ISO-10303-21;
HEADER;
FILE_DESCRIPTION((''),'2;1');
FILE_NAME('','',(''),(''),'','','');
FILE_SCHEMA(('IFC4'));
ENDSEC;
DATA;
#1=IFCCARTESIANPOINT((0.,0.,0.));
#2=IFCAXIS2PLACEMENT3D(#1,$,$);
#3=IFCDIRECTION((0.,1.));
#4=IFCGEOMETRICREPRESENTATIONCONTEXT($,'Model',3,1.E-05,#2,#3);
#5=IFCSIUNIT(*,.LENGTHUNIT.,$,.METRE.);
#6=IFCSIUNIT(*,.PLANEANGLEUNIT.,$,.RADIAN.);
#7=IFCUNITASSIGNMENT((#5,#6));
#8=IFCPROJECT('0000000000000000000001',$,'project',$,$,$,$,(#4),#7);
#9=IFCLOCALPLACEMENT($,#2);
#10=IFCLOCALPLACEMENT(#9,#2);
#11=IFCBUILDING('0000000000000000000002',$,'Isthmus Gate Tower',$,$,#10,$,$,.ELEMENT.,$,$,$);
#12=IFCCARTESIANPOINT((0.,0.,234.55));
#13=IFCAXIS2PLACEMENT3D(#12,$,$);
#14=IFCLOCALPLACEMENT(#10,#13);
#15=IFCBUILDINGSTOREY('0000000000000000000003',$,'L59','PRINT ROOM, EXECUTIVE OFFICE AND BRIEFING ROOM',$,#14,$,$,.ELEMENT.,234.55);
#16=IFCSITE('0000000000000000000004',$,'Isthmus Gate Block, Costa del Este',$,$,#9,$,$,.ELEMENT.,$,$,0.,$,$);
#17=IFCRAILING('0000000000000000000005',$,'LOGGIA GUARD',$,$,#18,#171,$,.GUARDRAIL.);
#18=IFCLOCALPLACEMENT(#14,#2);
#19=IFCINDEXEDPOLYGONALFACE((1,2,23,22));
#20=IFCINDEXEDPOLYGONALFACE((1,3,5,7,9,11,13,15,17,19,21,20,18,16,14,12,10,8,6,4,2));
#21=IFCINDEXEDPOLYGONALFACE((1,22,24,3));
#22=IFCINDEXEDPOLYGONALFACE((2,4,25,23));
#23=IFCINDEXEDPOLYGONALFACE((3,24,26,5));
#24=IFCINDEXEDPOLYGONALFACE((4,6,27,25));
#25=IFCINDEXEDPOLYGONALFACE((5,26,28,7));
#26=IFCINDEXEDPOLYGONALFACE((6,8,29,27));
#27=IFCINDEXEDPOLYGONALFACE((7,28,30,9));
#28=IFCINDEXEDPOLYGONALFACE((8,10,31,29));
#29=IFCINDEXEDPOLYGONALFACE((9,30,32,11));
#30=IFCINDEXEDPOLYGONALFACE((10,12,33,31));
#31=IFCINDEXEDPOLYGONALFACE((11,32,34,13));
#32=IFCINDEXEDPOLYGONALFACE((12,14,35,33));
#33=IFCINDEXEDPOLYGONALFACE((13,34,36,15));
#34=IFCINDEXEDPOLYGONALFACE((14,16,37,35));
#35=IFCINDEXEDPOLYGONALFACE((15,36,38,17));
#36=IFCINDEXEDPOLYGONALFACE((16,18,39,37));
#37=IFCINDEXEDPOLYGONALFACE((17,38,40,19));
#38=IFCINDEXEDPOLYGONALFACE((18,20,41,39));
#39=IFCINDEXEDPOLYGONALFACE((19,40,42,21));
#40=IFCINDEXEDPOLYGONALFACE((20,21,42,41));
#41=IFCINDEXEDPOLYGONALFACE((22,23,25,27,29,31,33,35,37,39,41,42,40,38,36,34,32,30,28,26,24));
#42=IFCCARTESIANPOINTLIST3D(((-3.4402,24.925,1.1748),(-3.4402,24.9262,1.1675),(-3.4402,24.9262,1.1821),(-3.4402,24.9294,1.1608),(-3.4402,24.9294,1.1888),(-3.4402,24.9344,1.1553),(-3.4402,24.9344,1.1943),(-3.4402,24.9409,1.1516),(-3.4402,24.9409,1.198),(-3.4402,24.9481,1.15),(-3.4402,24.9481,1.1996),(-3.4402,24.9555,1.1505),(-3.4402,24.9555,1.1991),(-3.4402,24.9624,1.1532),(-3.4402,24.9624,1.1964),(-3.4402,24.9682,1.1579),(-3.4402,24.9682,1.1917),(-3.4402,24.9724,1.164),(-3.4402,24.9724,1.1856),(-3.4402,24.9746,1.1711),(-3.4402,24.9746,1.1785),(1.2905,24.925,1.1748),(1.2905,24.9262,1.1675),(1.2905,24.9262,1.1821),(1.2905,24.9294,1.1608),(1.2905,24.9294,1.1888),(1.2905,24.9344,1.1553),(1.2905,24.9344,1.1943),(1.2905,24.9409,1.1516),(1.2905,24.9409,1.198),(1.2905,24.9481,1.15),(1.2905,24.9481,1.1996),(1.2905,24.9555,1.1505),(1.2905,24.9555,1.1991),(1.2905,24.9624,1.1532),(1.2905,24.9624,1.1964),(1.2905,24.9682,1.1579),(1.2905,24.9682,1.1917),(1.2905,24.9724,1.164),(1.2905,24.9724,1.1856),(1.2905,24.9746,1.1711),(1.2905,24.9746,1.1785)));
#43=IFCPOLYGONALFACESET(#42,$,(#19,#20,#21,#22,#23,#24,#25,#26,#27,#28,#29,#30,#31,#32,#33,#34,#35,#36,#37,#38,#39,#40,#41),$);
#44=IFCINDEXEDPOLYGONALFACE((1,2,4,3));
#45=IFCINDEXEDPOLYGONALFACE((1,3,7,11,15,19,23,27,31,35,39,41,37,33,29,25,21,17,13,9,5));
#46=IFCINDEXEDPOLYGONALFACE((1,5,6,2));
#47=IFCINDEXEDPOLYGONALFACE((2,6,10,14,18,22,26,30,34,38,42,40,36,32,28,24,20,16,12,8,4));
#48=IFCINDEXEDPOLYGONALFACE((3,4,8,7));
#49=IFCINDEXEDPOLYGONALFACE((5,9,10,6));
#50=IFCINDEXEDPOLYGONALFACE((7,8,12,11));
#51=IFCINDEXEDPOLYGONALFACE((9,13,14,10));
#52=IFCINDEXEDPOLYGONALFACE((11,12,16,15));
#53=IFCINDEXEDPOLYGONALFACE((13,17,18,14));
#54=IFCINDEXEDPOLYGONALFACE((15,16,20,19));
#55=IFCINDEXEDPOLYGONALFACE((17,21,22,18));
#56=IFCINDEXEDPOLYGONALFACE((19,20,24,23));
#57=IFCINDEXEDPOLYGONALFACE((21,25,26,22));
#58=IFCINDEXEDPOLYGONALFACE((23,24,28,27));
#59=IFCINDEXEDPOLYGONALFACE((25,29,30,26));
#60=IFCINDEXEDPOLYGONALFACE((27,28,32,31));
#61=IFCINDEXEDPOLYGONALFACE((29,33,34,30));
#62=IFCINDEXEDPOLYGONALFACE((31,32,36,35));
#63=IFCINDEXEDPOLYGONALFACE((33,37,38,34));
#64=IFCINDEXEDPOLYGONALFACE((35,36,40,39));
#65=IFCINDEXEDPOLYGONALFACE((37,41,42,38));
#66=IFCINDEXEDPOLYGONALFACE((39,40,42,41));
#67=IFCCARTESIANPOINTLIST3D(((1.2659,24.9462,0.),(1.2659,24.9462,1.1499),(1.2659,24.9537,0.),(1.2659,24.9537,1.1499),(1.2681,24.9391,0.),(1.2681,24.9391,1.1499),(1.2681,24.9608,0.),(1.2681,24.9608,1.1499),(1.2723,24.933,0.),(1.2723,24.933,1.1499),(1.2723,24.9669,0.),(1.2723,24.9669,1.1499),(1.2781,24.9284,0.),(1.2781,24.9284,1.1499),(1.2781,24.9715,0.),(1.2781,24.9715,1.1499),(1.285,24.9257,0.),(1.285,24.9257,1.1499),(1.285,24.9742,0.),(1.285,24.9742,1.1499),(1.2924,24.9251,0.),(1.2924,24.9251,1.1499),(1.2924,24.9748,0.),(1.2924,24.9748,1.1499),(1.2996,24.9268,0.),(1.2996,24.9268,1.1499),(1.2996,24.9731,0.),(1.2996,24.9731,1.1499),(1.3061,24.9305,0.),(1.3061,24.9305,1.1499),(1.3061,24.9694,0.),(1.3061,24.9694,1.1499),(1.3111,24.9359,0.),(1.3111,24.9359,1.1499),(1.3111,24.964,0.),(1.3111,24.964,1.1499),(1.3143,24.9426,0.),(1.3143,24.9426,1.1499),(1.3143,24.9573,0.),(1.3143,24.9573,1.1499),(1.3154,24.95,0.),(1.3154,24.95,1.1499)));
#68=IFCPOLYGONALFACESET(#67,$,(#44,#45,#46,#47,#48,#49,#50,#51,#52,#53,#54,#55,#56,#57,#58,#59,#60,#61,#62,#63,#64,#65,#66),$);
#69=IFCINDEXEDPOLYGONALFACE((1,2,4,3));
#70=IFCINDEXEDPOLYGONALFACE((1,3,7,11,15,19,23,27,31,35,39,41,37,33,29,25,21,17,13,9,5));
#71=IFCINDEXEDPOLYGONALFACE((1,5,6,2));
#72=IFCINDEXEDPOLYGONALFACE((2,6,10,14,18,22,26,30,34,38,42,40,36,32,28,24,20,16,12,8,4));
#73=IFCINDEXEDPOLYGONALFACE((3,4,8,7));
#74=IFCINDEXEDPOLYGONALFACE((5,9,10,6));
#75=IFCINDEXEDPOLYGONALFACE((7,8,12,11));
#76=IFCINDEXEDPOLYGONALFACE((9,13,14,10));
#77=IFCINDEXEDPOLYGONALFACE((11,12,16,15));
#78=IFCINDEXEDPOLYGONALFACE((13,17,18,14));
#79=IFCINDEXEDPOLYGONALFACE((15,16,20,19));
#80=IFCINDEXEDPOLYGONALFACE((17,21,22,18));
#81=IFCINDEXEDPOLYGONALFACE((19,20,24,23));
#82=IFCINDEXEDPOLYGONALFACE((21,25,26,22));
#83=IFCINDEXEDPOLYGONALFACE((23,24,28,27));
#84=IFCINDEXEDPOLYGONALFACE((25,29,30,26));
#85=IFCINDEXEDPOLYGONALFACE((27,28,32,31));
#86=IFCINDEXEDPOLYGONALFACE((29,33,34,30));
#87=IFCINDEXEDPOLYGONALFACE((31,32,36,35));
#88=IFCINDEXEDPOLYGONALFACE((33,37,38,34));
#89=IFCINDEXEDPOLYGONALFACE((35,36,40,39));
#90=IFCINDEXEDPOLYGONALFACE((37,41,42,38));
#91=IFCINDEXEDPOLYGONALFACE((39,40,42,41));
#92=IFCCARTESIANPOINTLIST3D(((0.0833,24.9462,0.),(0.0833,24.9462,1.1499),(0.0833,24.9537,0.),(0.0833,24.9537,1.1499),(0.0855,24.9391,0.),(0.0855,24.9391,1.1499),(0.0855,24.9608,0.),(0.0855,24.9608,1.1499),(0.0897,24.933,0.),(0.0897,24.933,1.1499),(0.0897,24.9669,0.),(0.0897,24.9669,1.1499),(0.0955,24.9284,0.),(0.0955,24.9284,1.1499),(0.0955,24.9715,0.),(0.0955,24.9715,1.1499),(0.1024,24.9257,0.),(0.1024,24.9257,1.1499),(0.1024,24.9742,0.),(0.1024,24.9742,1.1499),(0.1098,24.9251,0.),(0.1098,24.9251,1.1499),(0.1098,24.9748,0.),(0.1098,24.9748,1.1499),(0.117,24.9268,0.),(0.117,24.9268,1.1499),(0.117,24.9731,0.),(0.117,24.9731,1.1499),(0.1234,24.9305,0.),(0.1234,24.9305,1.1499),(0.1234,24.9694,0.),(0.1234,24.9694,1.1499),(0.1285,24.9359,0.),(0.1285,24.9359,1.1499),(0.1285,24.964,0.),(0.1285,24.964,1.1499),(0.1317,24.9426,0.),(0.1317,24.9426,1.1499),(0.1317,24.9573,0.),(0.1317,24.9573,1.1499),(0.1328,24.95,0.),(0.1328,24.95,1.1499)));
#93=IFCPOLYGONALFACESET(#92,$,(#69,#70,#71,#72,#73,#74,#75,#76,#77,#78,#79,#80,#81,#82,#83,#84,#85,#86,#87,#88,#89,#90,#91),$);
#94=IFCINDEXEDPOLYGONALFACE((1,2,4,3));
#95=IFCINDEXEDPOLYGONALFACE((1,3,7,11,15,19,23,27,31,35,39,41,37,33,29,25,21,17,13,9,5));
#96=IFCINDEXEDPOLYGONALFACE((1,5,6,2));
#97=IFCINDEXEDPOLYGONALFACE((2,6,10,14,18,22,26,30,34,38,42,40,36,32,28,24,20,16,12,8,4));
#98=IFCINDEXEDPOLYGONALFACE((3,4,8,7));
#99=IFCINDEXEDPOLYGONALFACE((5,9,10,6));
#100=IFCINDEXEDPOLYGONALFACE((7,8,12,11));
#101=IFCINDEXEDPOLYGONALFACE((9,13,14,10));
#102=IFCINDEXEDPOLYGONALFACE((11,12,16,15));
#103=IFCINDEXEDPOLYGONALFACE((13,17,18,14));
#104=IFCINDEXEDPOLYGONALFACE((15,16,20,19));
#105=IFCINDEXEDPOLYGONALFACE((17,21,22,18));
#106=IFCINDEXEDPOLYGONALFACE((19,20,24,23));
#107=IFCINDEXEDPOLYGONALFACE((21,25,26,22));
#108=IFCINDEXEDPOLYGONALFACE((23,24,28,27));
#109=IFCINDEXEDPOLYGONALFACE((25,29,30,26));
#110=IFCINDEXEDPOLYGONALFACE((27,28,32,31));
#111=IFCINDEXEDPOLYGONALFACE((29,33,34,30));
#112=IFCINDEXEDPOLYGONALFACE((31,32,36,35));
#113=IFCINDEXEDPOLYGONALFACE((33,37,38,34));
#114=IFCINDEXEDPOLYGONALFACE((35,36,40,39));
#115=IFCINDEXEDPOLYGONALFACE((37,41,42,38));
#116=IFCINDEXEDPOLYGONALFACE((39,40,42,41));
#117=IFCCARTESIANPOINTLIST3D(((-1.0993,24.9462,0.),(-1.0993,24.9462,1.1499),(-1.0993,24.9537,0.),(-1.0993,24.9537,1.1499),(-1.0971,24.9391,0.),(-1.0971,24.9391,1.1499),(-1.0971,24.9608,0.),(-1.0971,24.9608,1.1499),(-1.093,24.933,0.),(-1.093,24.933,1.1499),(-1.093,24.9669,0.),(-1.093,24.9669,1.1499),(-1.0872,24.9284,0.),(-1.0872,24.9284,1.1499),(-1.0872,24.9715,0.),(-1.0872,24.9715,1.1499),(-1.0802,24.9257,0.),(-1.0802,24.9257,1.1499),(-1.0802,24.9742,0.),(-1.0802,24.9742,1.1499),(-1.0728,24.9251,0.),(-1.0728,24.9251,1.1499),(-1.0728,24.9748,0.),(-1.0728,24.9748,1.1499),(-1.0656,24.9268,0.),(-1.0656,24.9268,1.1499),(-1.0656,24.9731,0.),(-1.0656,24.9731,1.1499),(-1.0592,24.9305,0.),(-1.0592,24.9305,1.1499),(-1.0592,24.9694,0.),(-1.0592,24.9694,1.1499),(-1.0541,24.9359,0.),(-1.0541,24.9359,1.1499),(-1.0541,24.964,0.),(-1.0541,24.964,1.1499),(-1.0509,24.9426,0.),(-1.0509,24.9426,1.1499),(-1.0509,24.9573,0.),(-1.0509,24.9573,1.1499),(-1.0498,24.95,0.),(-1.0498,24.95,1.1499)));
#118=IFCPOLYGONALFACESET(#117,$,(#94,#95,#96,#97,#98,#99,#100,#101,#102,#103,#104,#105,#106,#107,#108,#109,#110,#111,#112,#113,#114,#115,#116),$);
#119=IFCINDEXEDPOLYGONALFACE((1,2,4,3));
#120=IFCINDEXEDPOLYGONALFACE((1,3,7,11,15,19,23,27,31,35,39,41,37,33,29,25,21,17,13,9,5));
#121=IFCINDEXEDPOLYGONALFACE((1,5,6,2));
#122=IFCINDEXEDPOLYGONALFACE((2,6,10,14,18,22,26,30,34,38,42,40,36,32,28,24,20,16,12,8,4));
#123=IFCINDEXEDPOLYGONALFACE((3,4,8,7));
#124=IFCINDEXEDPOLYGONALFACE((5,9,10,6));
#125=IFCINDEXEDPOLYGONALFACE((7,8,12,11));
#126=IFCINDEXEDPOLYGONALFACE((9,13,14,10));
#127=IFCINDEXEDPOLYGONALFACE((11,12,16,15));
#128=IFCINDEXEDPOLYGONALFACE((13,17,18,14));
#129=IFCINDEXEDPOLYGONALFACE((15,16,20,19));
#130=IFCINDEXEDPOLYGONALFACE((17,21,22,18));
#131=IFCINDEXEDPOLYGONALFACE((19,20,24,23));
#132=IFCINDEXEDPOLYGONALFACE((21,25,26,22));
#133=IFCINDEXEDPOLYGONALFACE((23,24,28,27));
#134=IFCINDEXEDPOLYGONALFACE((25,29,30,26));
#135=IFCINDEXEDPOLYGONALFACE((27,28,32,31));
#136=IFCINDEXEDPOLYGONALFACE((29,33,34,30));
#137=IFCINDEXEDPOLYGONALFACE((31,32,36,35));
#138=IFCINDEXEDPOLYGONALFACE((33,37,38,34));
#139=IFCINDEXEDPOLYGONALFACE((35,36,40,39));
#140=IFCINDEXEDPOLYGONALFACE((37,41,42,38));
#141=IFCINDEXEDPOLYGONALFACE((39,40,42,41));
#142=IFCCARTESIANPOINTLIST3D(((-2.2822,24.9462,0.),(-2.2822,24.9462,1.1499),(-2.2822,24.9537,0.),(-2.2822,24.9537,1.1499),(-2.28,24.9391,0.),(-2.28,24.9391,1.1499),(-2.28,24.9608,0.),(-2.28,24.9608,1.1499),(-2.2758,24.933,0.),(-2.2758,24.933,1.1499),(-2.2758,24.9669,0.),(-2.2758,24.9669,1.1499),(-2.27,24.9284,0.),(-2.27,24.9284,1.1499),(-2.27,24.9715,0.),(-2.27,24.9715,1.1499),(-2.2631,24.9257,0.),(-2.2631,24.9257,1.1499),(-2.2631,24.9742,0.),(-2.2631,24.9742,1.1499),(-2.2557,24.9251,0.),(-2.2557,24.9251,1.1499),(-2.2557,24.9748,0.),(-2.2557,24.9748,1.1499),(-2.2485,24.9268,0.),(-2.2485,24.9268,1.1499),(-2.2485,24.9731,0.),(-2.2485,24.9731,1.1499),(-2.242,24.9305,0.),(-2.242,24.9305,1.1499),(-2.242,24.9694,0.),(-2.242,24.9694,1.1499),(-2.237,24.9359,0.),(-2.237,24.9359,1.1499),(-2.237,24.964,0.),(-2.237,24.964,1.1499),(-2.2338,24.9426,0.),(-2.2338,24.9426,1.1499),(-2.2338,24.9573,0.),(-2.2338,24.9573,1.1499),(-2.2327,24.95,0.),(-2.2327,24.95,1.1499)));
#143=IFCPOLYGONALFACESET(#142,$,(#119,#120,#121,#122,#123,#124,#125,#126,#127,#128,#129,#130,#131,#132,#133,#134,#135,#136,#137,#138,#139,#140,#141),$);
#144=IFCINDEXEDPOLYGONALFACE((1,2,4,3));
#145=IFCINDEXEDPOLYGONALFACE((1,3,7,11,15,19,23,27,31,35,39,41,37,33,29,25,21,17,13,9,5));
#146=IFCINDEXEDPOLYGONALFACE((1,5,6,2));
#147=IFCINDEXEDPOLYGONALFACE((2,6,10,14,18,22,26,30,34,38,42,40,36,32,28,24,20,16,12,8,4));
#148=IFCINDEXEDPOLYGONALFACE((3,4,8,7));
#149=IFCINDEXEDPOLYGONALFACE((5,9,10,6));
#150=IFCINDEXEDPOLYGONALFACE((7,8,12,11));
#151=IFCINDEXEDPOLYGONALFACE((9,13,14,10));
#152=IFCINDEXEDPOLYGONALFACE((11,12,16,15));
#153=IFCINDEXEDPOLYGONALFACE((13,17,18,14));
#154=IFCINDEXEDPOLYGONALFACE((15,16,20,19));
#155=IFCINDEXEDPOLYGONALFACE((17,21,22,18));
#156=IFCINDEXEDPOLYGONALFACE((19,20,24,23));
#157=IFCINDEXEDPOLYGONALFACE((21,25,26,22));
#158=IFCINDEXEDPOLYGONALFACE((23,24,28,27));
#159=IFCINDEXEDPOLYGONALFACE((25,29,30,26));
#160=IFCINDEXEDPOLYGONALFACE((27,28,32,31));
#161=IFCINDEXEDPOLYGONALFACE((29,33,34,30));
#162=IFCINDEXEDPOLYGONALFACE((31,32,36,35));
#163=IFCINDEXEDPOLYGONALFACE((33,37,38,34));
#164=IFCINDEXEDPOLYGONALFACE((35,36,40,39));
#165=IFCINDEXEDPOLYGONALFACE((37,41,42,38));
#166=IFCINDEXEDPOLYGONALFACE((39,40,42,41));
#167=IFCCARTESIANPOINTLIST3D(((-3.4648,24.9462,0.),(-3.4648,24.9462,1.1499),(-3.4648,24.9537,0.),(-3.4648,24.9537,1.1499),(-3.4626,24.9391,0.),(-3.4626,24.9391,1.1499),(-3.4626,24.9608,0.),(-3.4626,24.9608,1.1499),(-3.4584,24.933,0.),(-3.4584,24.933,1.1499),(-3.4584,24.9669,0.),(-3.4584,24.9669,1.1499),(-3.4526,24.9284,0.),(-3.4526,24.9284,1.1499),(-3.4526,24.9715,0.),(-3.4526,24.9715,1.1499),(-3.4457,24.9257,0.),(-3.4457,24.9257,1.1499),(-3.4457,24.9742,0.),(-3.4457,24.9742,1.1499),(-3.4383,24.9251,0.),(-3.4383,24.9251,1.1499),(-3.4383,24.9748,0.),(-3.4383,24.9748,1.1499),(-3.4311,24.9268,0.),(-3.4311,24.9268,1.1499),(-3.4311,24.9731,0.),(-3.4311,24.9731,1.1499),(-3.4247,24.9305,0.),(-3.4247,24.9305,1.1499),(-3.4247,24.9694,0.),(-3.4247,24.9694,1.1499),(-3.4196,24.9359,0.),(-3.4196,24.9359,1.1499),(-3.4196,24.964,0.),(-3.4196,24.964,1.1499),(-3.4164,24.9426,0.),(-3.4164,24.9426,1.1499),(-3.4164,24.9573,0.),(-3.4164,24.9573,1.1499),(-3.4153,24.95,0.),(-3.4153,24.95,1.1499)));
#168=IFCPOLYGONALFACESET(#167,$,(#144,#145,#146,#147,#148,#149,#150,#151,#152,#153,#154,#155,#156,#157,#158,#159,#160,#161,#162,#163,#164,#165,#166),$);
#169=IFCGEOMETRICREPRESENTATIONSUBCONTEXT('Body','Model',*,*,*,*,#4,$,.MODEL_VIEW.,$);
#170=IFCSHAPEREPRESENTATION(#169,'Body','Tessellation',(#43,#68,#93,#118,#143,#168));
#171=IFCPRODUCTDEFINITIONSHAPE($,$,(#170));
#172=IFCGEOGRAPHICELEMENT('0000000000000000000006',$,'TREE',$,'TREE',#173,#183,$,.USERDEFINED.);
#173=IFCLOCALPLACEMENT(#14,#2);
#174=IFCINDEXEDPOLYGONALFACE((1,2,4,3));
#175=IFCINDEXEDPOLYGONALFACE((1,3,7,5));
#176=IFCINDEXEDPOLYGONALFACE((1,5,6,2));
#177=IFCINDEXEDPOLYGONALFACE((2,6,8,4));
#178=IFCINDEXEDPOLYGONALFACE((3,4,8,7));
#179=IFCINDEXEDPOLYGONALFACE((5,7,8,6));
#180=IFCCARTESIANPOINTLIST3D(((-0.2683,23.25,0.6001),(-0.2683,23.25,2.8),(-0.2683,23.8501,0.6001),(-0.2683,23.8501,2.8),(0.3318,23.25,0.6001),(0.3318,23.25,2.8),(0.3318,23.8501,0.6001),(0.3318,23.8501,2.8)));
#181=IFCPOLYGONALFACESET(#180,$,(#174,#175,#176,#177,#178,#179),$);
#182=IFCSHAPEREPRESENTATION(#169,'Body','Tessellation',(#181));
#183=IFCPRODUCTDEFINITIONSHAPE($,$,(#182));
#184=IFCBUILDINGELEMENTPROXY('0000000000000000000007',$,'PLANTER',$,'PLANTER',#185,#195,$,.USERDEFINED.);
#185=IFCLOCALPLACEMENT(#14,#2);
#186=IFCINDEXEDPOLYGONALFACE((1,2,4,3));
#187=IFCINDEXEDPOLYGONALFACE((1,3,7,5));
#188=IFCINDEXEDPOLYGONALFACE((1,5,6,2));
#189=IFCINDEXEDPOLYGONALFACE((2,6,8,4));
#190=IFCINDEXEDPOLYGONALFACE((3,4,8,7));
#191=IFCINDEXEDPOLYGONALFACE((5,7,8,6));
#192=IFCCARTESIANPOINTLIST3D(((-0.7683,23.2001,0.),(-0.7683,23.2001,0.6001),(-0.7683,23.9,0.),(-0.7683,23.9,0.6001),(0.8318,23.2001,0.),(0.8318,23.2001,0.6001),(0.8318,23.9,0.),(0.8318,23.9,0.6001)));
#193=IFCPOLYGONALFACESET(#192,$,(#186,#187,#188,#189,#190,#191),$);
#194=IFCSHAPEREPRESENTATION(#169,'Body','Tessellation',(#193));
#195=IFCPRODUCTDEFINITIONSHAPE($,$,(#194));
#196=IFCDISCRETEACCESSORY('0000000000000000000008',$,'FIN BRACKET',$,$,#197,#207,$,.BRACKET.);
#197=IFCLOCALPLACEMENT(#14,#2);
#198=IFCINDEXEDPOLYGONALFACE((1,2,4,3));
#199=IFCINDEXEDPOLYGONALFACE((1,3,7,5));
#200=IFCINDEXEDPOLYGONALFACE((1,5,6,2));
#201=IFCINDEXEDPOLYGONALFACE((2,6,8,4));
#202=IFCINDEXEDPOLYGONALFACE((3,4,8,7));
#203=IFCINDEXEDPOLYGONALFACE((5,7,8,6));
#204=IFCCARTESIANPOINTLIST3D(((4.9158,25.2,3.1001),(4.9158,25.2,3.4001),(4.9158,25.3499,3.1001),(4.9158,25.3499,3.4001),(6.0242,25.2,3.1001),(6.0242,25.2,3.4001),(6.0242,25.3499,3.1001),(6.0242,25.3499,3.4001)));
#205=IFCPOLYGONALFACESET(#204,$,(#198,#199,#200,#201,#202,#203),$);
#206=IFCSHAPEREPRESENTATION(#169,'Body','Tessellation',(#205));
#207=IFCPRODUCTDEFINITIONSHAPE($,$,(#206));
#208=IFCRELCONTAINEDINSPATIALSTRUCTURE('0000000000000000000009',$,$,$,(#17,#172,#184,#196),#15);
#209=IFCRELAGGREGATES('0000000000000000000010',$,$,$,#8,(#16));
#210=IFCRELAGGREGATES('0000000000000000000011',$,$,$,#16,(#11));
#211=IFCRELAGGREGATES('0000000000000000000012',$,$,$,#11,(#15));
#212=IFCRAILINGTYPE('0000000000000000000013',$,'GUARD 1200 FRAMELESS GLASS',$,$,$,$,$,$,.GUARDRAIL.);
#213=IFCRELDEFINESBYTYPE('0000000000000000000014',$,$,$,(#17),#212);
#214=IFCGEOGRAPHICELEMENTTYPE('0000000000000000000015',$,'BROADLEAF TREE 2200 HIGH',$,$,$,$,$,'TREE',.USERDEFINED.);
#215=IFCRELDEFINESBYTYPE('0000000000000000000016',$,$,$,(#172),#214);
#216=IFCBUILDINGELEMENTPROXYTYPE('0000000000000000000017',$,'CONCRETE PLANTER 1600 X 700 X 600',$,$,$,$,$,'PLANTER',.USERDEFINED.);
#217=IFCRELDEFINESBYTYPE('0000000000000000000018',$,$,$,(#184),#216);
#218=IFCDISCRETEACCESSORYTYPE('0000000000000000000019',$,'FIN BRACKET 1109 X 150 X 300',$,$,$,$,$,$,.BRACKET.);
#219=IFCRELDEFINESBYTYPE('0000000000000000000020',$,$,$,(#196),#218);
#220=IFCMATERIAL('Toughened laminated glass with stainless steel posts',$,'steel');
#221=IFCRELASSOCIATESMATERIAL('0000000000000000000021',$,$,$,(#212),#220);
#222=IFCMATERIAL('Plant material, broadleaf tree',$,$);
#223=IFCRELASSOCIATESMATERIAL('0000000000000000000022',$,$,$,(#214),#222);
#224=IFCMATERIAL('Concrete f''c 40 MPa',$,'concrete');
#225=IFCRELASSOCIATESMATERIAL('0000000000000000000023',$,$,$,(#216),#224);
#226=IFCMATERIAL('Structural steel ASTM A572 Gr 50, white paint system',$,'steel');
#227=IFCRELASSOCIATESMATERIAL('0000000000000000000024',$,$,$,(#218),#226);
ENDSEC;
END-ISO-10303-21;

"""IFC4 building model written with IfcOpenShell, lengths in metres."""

from ifc_helpers import new_model, si_unit, direction, frame, origin, origin_2d, place, context, subcontext, project, spatial, rectangle, circle, extrude, material, type_object, element, save


model = new_model("IFC4")

# Units and contexts
model_context = context("Model", 3, precision=1e-05, world=origin(), true_north=direction((0.0, 1.0)))
body_context = subcontext(model_context, "Body", "Model", "MODEL_VIEW")
ifc_project = project(units=[si_unit("LENGTHUNIT", "METRE"), si_unit("PLANEANGLEUNIT", "RADIAN")], contexts=[model_context])

# Site, building, storey
site_placement = place(None, origin())
site = spatial("IfcSite", under=ifc_project, at=site_placement, Name="Isthmus Gate Block, Costa del Este", CompositionType="ELEMENT", RefElevation=0.0)
building_placement = place(site_placement, origin())
building = spatial("IfcBuilding", under=site, at=building_placement, Name="Isthmus Gate Tower", CompositionType="ELEMENT")
storey_placement = place(building_placement, frame((0.0, 0.0, 234.55)))
storey = spatial("IfcBuildingStorey", under=building, at=storey_placement, Name="L59", Description="PRINT ROOM, EXECUTIVE OFFICE AND BRIEFING ROOM", CompositionType="ELEMENT", Elevation=234.55)

# Railing
ifc_material_1 = material(Name="Toughened laminated glass with stainless steel posts", Category="steel")
railing_type = type_object("IfcRailingType", Name="GUARD 1200 FRAMELESS GLASS", PredefinedType="GUARDRAIL", material=ifc_material_1)
railing_placement = place(storey_placement, frame((1.2905, 24.95, 0.0)))
element("IfcRailing", 1, at=railing_placement, inside=storey, type_object=railing_type, Name="LOGGIA GUARD", PredefinedType="GUARDRAIL", context=body_context, shape_type="SweptSolid", body=[
    extrude(circle(Radius=0.0249, at=origin_2d()), frame((0.0, 0.0, 1.1748), z_axis=(-1.0, 0.0, 0.0), x_axis=(0.0, -1.0, 0.0)), (0.0, 0.0, 1.0), 4.7307),
    extrude(circle(Radius=0.0249, at=origin_2d()), origin(), (0.0, 0.0, 1.0), 1.1499),
    extrude(circle(Radius=0.0249, at=origin_2d()), frame((-1.1826, 0.0, 0.0)), (0.0, 0.0, 1.0), 1.1499),
    extrude(circle(Radius=0.0249, at=origin_2d()), frame((-2.3652, 0.0, 0.0)), (0.0, 0.0, 1.0), 1.1499),
    extrude(circle(Radius=0.0249, at=origin_2d()), frame((-3.5481, 0.0, 0.0)), (0.0, 0.0, 1.0), 1.1499),
    extrude(circle(Radius=0.0249, at=origin_2d()), frame((-4.7307, 0.0, 0.0)), (0.0, 0.0, 1.0), 1.1499),
])

# Geographic element
ifc_material_2 = material(Name="Plant material, broadleaf tree")
geographic_element_type = type_object("IfcGeographicElementType", Name="BROADLEAF TREE 2200 HIGH", ElementType="TREE", PredefinedType="USERDEFINED", material=ifc_material_2)
geographic_element_placement = place(storey_placement, frame((0.0317, 23.55, 0.6001), z_axis=(0.0, 0.0, 1.0), x_axis=(-1.0, 0.0, 0.0)))
element("IfcGeographicElement", 2, at=geographic_element_placement, inside=storey, type_object=geographic_element_type, Name="TREE", ObjectType="TREE", PredefinedType="USERDEFINED", context=body_context, shape_type="SweptSolid", body=[
    extrude(rectangle(XDim=0.6001, YDim=0.6001, at=origin_2d()), origin(), (0.0, 0.0, 1.0), 2.2),
])

# Building element proxy
ifc_material_3 = material(Name="Concrete f'c 40 MPa", Category="concrete")
building_element_proxy_type = type_object("IfcBuildingElementProxyType", Name="CONCRETE PLANTER 1600 X 700 X 600", ElementType="PLANTER", PredefinedType="USERDEFINED", material=ifc_material_3)
proxy_placement = place(storey_placement, frame((0.0317, 23.55, 0.0), z_axis=(0.0, 0.0, 1.0), x_axis=(-1.0, 0.0, 0.0)))
element("IfcBuildingElementProxy", 3, at=proxy_placement, inside=storey, type_object=building_element_proxy_type, Name="PLANTER", ObjectType="PLANTER", PredefinedType="USERDEFINED", context=body_context, shape_type="SweptSolid", body=[
    extrude(rectangle(XDim=1.6001, YDim=0.7, at=origin_2d()), origin(), (0.0, 0.0, 1.0), 0.6001),
])

# Discrete accessory
ifc_material_4 = material(Name="Structural steel ASTM A572 Gr 50, white paint system", Category="steel")
discrete_accessory_type_1 = type_object("IfcDiscreteAccessoryType", Name="FIN BRACKET 1109 X 150 X 300", PredefinedType="BRACKET", material=ifc_material_4)
for number, where, z_axis, x_axis, name in (
    (4, (5.47, 25.2749, 3.1001), (0.0, 0.0, 1.0), (0.0, 1.0, 0.0), "FIN BRACKET"),
):
    element("IfcDiscreteAccessory", number, at=place(storey_placement, frame(where, z_axis=z_axis, x_axis=x_axis)), inside=storey, type_object=discrete_accessory_type_1, Name=name, PredefinedType="BRACKET", context=body_context, shape_type="SweptSolid", body=[
        extrude(rectangle(XDim=0.1499, YDim=1.1084, at=origin_2d()), origin(), (0.0, 0.0, 1.0), 0.3),
    ])

save(model, "model.ifc")
